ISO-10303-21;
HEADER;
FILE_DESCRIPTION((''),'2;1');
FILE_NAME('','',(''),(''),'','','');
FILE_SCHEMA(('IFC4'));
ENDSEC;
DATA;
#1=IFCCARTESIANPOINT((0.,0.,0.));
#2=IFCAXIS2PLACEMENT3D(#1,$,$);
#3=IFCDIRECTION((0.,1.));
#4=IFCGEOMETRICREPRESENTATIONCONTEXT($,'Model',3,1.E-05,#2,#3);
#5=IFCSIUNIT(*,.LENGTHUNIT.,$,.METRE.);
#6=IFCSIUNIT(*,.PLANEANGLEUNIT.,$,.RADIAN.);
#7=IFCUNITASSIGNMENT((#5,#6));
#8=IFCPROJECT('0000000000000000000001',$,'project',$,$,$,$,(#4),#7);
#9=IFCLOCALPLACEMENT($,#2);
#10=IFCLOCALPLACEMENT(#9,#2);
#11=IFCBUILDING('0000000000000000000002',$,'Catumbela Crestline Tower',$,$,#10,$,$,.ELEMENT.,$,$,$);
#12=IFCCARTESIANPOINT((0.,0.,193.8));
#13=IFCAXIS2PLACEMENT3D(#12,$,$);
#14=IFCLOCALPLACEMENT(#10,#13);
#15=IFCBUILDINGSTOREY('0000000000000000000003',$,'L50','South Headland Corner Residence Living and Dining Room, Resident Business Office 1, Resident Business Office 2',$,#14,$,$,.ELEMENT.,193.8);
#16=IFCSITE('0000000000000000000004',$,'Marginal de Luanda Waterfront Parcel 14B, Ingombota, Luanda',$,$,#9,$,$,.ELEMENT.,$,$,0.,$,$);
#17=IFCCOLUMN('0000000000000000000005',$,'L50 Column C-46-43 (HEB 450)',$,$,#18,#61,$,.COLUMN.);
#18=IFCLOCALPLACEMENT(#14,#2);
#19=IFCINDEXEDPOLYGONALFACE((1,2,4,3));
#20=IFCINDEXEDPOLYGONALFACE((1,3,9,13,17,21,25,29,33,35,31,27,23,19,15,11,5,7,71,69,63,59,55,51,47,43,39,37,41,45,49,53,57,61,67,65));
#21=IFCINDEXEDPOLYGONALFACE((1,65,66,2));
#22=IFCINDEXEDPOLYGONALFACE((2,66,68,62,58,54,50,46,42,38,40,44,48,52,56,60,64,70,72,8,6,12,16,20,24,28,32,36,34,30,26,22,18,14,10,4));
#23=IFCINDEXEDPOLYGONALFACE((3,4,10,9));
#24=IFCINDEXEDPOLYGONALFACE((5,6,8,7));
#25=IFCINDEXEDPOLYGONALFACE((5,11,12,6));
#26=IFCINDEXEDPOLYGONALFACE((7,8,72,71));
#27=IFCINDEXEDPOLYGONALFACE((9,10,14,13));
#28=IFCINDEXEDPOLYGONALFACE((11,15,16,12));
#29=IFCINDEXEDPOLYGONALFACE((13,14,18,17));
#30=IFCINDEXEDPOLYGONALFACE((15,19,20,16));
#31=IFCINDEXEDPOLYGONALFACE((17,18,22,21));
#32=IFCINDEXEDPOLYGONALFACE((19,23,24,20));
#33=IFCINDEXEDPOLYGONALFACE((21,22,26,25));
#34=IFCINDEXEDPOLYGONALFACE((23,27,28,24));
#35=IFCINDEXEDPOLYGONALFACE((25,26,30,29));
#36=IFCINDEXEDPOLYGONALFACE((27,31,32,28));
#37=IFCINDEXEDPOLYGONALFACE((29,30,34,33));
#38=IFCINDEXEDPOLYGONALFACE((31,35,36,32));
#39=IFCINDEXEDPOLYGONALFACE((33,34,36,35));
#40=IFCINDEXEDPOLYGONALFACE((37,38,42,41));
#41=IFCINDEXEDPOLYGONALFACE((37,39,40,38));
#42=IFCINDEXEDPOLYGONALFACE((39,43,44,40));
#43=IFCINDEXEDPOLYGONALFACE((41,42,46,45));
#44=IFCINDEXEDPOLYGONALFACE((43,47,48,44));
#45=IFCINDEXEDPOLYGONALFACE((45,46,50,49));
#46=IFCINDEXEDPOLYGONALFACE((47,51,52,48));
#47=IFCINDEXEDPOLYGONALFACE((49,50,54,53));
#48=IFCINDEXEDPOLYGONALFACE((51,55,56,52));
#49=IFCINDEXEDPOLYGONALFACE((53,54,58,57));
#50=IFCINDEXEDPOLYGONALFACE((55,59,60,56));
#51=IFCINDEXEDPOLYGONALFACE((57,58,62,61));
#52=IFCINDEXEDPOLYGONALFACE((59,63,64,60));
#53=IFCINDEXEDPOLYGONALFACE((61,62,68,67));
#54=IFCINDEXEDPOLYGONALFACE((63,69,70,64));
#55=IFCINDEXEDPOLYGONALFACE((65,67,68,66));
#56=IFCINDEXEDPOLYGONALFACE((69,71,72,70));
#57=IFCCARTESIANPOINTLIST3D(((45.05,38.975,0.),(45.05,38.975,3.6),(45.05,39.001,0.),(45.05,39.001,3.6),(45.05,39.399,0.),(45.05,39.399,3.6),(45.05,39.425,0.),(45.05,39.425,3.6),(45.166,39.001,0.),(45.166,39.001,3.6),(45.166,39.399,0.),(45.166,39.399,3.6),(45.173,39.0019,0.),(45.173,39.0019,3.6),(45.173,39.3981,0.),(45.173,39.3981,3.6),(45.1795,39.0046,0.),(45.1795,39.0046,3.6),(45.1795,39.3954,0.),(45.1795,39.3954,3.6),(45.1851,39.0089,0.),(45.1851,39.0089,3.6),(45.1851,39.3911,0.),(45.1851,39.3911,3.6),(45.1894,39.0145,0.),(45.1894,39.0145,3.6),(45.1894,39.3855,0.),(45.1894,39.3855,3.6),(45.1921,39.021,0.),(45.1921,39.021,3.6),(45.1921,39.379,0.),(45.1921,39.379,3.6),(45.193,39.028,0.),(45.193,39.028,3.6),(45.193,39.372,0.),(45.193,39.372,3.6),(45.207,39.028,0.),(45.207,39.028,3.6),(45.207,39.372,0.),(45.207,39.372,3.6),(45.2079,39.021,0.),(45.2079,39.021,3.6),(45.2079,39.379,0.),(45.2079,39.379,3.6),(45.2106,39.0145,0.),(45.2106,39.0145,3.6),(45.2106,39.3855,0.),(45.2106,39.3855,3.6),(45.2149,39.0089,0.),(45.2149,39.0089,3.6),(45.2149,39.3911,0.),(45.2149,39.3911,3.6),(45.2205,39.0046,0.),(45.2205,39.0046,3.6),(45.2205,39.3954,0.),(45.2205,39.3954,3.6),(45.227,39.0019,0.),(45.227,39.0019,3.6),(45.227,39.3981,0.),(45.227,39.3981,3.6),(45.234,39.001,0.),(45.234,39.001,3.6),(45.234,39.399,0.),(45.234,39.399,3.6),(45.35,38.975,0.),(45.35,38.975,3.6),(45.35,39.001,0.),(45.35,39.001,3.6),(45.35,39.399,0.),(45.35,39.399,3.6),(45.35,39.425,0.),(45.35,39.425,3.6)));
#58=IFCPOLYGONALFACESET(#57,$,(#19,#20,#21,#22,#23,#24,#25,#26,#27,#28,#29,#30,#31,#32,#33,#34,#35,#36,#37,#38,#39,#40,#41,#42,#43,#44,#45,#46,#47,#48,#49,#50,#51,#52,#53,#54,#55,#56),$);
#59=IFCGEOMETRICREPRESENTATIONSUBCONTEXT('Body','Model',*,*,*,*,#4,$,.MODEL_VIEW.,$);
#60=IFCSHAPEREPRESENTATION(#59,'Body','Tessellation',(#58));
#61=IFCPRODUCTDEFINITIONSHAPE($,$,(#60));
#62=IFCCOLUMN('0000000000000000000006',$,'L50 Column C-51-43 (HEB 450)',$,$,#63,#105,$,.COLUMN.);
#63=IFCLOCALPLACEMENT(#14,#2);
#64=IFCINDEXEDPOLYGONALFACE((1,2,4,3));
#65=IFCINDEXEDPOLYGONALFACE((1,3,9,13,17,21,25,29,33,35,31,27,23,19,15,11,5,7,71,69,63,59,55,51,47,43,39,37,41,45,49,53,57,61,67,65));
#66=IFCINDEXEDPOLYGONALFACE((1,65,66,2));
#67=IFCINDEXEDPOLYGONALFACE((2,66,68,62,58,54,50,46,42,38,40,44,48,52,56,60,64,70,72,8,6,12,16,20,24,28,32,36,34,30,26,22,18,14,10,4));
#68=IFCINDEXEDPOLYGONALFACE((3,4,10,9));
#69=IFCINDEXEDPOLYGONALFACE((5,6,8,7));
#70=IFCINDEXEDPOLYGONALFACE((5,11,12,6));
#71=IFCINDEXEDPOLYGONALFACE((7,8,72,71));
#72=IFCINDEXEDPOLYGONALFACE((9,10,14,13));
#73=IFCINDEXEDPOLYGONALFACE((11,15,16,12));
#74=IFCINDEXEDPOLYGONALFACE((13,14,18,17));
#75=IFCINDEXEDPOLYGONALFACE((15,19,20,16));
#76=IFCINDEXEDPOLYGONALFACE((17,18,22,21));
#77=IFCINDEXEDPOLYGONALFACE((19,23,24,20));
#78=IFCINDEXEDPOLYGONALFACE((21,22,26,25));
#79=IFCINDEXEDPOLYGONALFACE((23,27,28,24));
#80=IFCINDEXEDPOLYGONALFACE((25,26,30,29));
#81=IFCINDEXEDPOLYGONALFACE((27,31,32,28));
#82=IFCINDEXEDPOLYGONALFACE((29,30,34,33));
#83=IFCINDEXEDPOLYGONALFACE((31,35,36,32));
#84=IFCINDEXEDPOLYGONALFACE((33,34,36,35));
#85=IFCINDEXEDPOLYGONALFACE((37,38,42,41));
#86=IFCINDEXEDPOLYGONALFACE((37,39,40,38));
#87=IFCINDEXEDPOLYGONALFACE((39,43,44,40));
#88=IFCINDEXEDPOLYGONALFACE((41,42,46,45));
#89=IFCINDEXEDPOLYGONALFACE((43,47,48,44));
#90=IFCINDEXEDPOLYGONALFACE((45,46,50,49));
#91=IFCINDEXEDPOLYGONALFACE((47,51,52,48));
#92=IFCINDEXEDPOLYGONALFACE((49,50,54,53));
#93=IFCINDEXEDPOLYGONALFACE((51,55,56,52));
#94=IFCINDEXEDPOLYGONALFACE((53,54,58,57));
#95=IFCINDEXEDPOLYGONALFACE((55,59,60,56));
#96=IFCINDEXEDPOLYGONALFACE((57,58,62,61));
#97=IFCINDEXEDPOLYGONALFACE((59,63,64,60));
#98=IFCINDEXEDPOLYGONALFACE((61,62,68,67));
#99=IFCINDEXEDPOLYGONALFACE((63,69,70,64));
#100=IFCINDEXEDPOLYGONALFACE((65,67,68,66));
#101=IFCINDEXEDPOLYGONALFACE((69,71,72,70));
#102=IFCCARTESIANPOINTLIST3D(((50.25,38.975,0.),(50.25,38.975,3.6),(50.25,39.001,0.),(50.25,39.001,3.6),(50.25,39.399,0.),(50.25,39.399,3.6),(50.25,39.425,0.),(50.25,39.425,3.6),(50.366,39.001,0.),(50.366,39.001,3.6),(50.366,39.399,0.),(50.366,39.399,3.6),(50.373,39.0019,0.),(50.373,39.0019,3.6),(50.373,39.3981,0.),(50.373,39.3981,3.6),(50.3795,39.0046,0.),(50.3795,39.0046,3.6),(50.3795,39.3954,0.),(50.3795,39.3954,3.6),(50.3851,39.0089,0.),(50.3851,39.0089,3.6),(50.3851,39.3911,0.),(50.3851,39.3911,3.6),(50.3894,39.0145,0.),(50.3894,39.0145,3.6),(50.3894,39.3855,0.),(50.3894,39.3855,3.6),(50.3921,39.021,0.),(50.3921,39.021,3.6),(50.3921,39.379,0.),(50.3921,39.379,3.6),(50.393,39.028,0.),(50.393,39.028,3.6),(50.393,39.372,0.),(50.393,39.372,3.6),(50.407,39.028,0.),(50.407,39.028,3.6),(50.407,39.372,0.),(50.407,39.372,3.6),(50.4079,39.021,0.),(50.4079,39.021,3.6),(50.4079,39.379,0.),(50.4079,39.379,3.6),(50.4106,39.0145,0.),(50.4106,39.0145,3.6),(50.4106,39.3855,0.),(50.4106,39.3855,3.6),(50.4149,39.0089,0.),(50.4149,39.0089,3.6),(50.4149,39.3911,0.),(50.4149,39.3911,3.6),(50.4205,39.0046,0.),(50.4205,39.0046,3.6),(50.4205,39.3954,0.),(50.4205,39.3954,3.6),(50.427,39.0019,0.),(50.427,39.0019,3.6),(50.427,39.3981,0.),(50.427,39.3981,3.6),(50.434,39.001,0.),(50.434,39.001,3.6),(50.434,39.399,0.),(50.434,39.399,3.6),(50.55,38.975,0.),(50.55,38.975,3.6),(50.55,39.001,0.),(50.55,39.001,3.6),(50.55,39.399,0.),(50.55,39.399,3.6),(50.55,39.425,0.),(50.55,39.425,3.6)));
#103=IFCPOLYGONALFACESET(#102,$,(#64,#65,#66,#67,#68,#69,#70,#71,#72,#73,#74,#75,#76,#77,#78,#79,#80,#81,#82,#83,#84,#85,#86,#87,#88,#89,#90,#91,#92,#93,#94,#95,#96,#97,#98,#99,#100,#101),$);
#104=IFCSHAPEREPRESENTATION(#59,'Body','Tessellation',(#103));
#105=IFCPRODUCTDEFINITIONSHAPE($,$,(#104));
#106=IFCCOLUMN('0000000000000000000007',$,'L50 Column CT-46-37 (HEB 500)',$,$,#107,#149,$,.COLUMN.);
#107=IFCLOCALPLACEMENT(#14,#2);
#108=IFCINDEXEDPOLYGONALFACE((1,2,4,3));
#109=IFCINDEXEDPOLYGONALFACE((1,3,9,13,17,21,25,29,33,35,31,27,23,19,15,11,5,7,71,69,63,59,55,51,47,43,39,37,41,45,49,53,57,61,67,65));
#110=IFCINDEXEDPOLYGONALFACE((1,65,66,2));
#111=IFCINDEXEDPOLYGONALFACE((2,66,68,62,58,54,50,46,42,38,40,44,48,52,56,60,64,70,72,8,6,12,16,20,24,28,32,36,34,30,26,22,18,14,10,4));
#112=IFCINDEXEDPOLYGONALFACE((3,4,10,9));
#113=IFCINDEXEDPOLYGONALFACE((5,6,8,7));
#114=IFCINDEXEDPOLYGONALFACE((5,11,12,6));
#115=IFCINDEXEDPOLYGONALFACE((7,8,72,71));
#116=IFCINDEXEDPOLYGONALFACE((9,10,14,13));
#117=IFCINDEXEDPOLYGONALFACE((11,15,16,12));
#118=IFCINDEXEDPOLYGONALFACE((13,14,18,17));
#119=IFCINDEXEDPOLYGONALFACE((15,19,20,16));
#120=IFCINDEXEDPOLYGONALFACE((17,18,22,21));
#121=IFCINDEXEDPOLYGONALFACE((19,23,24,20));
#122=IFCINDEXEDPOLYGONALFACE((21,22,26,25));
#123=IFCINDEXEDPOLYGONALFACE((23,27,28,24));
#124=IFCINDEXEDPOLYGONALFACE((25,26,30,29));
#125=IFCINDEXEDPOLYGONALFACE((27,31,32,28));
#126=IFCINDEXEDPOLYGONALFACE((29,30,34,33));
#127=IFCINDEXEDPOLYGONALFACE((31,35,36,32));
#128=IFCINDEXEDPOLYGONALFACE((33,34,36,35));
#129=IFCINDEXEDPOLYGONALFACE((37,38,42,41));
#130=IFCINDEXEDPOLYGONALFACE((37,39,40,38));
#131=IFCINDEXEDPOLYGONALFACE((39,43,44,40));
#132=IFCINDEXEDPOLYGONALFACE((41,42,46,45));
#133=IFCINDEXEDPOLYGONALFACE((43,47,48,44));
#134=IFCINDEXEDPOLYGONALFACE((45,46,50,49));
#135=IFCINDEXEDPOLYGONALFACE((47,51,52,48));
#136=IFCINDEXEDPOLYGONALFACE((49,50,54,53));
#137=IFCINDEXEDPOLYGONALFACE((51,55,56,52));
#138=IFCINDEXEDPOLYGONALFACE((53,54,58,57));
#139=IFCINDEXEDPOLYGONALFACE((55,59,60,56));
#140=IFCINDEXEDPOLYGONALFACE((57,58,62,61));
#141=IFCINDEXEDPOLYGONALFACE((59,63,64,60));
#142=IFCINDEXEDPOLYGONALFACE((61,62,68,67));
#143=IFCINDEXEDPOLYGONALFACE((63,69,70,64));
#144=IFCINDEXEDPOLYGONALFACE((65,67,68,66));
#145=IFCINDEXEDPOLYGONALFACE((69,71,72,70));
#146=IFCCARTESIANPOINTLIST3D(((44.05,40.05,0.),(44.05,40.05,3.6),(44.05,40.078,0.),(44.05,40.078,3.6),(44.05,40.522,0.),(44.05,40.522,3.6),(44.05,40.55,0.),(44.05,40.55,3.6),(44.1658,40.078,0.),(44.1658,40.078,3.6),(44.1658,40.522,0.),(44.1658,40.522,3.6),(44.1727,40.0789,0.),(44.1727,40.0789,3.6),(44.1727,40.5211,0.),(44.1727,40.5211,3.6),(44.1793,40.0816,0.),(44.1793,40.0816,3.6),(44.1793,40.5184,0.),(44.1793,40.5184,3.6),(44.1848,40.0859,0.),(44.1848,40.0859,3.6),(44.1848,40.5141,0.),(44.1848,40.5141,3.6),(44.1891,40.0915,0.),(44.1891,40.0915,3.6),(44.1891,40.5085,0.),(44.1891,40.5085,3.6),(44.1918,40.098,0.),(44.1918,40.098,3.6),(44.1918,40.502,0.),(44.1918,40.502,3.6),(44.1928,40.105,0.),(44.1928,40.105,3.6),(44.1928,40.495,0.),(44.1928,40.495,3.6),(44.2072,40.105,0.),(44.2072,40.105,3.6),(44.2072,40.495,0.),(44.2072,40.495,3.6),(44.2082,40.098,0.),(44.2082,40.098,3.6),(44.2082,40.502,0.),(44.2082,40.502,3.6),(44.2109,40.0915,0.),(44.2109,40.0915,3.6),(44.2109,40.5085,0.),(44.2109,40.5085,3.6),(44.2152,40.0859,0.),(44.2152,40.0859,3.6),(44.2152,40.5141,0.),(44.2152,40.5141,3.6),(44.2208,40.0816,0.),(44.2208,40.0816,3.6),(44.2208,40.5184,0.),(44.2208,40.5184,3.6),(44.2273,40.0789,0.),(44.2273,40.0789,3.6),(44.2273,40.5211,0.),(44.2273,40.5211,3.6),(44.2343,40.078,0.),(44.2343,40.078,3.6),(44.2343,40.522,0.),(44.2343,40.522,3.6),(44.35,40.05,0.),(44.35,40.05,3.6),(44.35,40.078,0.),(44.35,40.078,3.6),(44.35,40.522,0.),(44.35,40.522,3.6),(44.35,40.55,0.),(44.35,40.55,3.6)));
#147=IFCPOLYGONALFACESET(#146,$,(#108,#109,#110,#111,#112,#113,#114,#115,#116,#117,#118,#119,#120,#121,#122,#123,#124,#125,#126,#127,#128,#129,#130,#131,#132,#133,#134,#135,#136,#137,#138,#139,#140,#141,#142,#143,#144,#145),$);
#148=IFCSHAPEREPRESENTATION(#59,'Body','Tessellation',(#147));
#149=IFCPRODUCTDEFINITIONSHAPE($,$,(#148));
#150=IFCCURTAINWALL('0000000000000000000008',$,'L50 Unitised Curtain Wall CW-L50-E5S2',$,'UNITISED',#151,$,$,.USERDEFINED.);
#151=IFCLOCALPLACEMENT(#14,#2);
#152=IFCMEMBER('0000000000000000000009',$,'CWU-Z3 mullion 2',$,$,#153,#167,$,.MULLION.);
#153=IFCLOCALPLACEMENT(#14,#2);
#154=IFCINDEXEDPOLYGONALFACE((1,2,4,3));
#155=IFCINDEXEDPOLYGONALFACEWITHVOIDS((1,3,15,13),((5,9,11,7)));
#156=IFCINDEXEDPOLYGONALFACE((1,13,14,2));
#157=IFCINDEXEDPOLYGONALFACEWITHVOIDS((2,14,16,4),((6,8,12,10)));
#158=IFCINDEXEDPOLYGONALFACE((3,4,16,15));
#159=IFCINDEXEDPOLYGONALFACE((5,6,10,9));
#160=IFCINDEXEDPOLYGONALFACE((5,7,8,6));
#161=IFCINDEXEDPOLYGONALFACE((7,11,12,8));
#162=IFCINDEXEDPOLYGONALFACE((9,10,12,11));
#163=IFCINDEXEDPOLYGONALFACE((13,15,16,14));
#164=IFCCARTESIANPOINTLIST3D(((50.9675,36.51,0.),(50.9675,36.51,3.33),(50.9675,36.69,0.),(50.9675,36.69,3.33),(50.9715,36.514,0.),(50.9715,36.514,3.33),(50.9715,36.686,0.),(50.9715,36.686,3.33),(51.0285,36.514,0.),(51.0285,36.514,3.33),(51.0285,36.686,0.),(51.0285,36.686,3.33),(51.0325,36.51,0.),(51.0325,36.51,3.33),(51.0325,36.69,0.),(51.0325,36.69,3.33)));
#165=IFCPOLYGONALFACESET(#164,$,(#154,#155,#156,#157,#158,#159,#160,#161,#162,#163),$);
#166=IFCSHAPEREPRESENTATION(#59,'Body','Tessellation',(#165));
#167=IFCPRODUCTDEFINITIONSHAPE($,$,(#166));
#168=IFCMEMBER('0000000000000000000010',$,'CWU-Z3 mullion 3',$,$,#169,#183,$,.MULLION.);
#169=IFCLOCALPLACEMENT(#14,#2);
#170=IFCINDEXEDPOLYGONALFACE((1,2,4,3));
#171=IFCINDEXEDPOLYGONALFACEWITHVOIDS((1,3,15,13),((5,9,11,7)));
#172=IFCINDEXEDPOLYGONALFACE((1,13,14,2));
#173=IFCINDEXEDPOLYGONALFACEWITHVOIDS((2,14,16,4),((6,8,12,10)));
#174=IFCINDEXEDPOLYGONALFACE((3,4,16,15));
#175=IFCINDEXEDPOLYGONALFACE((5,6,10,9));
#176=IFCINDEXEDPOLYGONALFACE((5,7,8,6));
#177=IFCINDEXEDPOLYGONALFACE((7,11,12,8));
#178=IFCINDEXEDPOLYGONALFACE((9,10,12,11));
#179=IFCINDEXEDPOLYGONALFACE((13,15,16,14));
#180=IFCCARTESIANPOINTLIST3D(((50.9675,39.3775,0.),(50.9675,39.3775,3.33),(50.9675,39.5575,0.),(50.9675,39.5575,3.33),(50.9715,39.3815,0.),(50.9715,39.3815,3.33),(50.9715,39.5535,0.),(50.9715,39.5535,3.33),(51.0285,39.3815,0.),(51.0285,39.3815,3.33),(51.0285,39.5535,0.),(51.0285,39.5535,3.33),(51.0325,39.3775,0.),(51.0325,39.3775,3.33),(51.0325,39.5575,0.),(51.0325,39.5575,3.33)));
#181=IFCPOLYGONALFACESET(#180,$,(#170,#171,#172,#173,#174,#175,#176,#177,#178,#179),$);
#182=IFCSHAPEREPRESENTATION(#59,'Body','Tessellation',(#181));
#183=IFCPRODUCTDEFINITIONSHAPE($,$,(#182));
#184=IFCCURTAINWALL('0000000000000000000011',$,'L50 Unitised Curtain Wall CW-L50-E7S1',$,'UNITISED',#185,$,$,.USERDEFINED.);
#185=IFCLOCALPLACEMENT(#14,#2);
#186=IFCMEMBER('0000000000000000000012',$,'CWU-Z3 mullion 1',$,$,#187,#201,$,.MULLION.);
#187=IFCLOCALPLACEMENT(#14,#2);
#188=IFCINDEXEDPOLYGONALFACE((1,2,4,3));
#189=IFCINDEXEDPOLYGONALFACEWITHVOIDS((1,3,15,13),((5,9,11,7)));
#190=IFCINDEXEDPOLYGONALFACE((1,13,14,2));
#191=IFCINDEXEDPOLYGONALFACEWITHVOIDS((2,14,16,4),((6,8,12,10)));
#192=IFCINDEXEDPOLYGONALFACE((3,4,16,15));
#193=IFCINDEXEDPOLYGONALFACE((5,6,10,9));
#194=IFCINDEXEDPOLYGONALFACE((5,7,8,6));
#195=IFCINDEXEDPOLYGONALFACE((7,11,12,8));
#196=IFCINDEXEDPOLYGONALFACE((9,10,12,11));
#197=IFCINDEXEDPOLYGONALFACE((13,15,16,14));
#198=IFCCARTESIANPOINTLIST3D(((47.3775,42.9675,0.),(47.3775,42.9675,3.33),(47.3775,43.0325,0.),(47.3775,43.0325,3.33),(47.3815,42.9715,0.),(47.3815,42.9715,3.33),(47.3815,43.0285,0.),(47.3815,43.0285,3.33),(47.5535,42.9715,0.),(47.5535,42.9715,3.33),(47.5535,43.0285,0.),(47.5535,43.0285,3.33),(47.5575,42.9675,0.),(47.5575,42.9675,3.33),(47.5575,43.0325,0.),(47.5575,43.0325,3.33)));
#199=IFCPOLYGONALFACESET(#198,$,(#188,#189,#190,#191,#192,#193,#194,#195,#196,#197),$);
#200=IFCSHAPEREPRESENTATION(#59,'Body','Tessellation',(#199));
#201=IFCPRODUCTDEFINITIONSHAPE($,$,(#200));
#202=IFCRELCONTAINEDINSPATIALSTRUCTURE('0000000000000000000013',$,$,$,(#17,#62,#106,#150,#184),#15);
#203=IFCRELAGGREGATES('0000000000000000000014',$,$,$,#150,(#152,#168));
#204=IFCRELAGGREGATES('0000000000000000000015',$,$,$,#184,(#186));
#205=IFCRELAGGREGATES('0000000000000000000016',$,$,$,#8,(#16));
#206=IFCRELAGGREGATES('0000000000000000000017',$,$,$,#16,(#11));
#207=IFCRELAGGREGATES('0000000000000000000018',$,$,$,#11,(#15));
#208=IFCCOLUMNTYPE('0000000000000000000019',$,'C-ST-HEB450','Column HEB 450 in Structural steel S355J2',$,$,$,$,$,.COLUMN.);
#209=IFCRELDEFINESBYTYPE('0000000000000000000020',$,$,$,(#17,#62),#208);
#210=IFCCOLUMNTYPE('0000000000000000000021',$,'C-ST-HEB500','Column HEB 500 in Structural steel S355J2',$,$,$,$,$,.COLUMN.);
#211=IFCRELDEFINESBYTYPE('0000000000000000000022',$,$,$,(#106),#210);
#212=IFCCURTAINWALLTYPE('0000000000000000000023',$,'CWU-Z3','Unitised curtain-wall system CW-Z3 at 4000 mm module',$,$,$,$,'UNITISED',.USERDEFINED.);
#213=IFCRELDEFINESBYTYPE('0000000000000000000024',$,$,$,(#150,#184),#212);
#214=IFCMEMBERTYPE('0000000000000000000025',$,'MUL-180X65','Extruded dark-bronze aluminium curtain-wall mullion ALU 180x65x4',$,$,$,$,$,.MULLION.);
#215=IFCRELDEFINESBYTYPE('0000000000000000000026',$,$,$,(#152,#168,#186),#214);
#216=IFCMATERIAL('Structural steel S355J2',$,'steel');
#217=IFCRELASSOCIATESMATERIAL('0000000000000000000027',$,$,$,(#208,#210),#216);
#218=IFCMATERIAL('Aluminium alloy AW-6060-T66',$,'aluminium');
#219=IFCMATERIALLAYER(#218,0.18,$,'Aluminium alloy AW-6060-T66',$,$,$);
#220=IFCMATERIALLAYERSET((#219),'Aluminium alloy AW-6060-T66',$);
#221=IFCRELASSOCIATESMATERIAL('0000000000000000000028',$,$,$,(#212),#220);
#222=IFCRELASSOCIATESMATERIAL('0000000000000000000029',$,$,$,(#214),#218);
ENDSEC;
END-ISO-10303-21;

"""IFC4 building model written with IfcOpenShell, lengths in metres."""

from ifc_helpers import new_model, si_unit, direction, frame, origin, origin_2d, place, context, subcontext, project, spatial, hollow_rectangle, i_section, extrude, material, layer, layer_set, material_profile, profile_set, type_object, element, aggregate, save


model = new_model("IFC4")

# Units and contexts
model_context = context("Model", 3, precision=1e-05, world=origin(), true_north=direction((0.0, 1.0)))
body_context = subcontext(model_context, "Body", "Model", "MODEL_VIEW")
ifc_project = project(units=[si_unit("LENGTHUNIT", "METRE"), si_unit("PLANEANGLEUNIT", "RADIAN")], contexts=[model_context])

# Site, building, storey
site_placement = place(None, origin())
site = spatial("IfcSite", under=ifc_project, at=site_placement, Name="Marginal de Luanda Waterfront Parcel 14B, Ingombota, Luanda", CompositionType="ELEMENT", RefElevation=0.0)
building_placement = place(site_placement, origin())
building = spatial("IfcBuilding", under=site, at=building_placement, Name="Catumbela Crestline Tower", CompositionType="ELEMENT")
storey_placement = place(building_placement, frame((0.0, 0.0, 193.8)))
storey = spatial("IfcBuildingStorey", under=building, at=storey_placement, Name="L50", Description="South Headland Corner Residence Living and Dining Room, Resident Business Office 1, Resident Business Office 2", CompositionType="ELEMENT", Elevation=193.8)

# Columns
ifc_material_1 = material(Name="Structural steel S355J2", Category="steel")
ifc_material_profile_1 = material_profile(ifc_material_1, i_section(OverallWidth=0.3, OverallDepth=0.45, WebThickness=0.014, FlangeThickness=0.026, FilletRadius=0.027, at=origin_2d()), Name="HEB 450")
ifc_profile_set_1 = profile_set([ifc_material_profile_1], Name="Structural steel S355J2")
column_type_1 = type_object("IfcColumnType", Name="C-ST-HEB450", Description="Column HEB 450 in Structural steel S355J2", PredefinedType="COLUMN", material=ifc_profile_set_1)
for number, where, z_axis, x_axis, name in (
    (1, (45.2, 39.2, 0.0), (0.0, 0.0, 1.0), (1.0, 0.0, 0.0), "L50 Column C-46-43 (HEB 450)"),
    (2, (50.4, 39.2, 0.0), (0.0, 0.0, 1.0), (1.0, 0.0, 0.0), "L50 Column C-51-43 (HEB 450)"),
):
    element("IfcColumn", number, at=place(storey_placement, frame(where, z_axis=z_axis, x_axis=x_axis)), inside=storey, type_object=column_type_1, Name=name, PredefinedType="COLUMN", context=body_context, shape_type="SweptSolid", body=[
        extrude(i_section(OverallWidth=0.3, OverallDepth=0.45, WebThickness=0.014, FlangeThickness=0.026, FilletRadius=0.027, at=origin_2d()), origin(), (0.0, 0.0, 1.0), 3.6),
    ])
ifc_material_profile_2 = material_profile(ifc_material_1, i_section(OverallWidth=0.3, OverallDepth=0.5, WebThickness=0.0145, FlangeThickness=0.028, FilletRadius=0.027, at=origin_2d()), Name="HEB 500")
ifc_profile_set_2 = profile_set([ifc_material_profile_2], Name="Structural steel S355J2")
column_type_2 = type_object("IfcColumnType", Name="C-ST-HEB500", Description="Column HEB 500 in Structural steel S355J2", PredefinedType="COLUMN", material=ifc_profile_set_2)
column_placement = place(storey_placement, frame((44.2, 40.3, 0.0), z_axis=(0.0, 0.0, 1.0), x_axis=(1.0, 0.0, 0.0)))
element("IfcColumn", 3, at=column_placement, inside=storey, type_object=column_type_2, Name="L50 Column CT-46-37 (HEB 500)", PredefinedType="COLUMN", context=body_context, shape_type="SweptSolid", body=[
    extrude(i_section(OverallWidth=0.3, OverallDepth=0.5, WebThickness=0.0145, FlangeThickness=0.028, FilletRadius=0.027, at=origin_2d()), origin(), (0.0, 0.0, 1.0), 3.6),
])

# Curtain wall, members
ifc_material_2 = material(Name="Aluminium alloy AW-6060-T66", Category="aluminium")
ifc_layer_1 = layer(ifc_material_2, 0.18, Name="Aluminium alloy AW-6060-T66")
ifc_layer_set_1 = layer_set([ifc_layer_1], Name="Aluminium alloy AW-6060-T66")
curtain_wall_type = type_object("IfcCurtainWallType", Name="CWU-Z3", Description="Unitised curtain-wall system CW-Z3 at 4000 mm module", ElementType="UNITISED", PredefinedType="USERDEFINED", material=ifc_layer_set_1)
curtain_wall_1_placement = place(storey_placement, origin())
curtain_wall_1 = element("IfcCurtainWall", 4, at=curtain_wall_1_placement, inside=storey, type_object=curtain_wall_type, Name="L50 Unitised Curtain Wall CW-L50-E5S2", ObjectType="UNITISED", PredefinedType="USERDEFINED")
ifc_material_profile_3 = material_profile(ifc_material_2, hollow_rectangle(XDim=0.065, YDim=0.18, WallThickness=0.004, at=origin_2d()), Name="ALU 180x65x4")
ifc_profile_set_3 = profile_set([ifc_material_profile_3], Name="Aluminium alloy AW-6060-T66")
member_type_1 = type_object("IfcMemberType", Name="MUL-180X65", Description="Extruded dark-bronze aluminium curtain-wall mullion ALU 180x65x4", PredefinedType="MULLION", material=ifc_profile_set_3)
member_1_placement = place(storey_placement, frame((51.0, 36.6, 0.0), z_axis=(0.0, 0.0, 1.0), x_axis=(-1.0, 0.0, 0.0)))
member_1 = element("IfcMember", 5, at=member_1_placement, type_object=member_type_1, Name="CWU-Z3 mullion 2", PredefinedType="MULLION", context=body_context, shape_type="SweptSolid", body=[
    extrude(hollow_rectangle(XDim=0.065, YDim=0.18, WallThickness=0.004, at=origin_2d()), origin(), (0.0, 0.0, 1.0), 3.33),
])
member_2_placement = place(storey_placement, frame((51.0, 39.4675, 0.0), z_axis=(0.0, 0.0, 1.0), x_axis=(-1.0, 0.0, 0.0)))
member_2 = element("IfcMember", 6, at=member_2_placement, type_object=member_type_1, Name="CWU-Z3 mullion 3", PredefinedType="MULLION", context=body_context, shape_type="SweptSolid", body=[
    extrude(hollow_rectangle(XDim=0.065, YDim=0.18, WallThickness=0.004, at=origin_2d()), origin(), (0.0, 0.0, 1.0), 3.33),
])

# Curtain wall, member
curtain_wall_2_placement = place(storey_placement, origin())
curtain_wall_2 = element("IfcCurtainWall", 7, at=curtain_wall_2_placement, inside=storey, type_object=curtain_wall_type, Name="L50 Unitised Curtain Wall CW-L50-E7S1", ObjectType="UNITISED", PredefinedType="USERDEFINED")
member_3_placement = place(storey_placement, frame((47.4675, 43.0, 0.0), z_axis=(0.0, 0.0, 1.0), x_axis=(0.0, -1.0, 0.0)))
member_3 = element("IfcMember", 8, at=member_3_placement, type_object=member_type_1, Name="CWU-Z3 mullion 1", PredefinedType="MULLION", context=body_context, shape_type="SweptSolid", body=[
    extrude(hollow_rectangle(XDim=0.065, YDim=0.18, WallThickness=0.004, at=origin_2d()), origin(), (0.0, 0.0, 1.0), 3.33),
])

aggregate(curtain_wall_1, [member_1, member_2])
aggregate(curtain_wall_2, [member_3])

save(model, "model.ifc")
